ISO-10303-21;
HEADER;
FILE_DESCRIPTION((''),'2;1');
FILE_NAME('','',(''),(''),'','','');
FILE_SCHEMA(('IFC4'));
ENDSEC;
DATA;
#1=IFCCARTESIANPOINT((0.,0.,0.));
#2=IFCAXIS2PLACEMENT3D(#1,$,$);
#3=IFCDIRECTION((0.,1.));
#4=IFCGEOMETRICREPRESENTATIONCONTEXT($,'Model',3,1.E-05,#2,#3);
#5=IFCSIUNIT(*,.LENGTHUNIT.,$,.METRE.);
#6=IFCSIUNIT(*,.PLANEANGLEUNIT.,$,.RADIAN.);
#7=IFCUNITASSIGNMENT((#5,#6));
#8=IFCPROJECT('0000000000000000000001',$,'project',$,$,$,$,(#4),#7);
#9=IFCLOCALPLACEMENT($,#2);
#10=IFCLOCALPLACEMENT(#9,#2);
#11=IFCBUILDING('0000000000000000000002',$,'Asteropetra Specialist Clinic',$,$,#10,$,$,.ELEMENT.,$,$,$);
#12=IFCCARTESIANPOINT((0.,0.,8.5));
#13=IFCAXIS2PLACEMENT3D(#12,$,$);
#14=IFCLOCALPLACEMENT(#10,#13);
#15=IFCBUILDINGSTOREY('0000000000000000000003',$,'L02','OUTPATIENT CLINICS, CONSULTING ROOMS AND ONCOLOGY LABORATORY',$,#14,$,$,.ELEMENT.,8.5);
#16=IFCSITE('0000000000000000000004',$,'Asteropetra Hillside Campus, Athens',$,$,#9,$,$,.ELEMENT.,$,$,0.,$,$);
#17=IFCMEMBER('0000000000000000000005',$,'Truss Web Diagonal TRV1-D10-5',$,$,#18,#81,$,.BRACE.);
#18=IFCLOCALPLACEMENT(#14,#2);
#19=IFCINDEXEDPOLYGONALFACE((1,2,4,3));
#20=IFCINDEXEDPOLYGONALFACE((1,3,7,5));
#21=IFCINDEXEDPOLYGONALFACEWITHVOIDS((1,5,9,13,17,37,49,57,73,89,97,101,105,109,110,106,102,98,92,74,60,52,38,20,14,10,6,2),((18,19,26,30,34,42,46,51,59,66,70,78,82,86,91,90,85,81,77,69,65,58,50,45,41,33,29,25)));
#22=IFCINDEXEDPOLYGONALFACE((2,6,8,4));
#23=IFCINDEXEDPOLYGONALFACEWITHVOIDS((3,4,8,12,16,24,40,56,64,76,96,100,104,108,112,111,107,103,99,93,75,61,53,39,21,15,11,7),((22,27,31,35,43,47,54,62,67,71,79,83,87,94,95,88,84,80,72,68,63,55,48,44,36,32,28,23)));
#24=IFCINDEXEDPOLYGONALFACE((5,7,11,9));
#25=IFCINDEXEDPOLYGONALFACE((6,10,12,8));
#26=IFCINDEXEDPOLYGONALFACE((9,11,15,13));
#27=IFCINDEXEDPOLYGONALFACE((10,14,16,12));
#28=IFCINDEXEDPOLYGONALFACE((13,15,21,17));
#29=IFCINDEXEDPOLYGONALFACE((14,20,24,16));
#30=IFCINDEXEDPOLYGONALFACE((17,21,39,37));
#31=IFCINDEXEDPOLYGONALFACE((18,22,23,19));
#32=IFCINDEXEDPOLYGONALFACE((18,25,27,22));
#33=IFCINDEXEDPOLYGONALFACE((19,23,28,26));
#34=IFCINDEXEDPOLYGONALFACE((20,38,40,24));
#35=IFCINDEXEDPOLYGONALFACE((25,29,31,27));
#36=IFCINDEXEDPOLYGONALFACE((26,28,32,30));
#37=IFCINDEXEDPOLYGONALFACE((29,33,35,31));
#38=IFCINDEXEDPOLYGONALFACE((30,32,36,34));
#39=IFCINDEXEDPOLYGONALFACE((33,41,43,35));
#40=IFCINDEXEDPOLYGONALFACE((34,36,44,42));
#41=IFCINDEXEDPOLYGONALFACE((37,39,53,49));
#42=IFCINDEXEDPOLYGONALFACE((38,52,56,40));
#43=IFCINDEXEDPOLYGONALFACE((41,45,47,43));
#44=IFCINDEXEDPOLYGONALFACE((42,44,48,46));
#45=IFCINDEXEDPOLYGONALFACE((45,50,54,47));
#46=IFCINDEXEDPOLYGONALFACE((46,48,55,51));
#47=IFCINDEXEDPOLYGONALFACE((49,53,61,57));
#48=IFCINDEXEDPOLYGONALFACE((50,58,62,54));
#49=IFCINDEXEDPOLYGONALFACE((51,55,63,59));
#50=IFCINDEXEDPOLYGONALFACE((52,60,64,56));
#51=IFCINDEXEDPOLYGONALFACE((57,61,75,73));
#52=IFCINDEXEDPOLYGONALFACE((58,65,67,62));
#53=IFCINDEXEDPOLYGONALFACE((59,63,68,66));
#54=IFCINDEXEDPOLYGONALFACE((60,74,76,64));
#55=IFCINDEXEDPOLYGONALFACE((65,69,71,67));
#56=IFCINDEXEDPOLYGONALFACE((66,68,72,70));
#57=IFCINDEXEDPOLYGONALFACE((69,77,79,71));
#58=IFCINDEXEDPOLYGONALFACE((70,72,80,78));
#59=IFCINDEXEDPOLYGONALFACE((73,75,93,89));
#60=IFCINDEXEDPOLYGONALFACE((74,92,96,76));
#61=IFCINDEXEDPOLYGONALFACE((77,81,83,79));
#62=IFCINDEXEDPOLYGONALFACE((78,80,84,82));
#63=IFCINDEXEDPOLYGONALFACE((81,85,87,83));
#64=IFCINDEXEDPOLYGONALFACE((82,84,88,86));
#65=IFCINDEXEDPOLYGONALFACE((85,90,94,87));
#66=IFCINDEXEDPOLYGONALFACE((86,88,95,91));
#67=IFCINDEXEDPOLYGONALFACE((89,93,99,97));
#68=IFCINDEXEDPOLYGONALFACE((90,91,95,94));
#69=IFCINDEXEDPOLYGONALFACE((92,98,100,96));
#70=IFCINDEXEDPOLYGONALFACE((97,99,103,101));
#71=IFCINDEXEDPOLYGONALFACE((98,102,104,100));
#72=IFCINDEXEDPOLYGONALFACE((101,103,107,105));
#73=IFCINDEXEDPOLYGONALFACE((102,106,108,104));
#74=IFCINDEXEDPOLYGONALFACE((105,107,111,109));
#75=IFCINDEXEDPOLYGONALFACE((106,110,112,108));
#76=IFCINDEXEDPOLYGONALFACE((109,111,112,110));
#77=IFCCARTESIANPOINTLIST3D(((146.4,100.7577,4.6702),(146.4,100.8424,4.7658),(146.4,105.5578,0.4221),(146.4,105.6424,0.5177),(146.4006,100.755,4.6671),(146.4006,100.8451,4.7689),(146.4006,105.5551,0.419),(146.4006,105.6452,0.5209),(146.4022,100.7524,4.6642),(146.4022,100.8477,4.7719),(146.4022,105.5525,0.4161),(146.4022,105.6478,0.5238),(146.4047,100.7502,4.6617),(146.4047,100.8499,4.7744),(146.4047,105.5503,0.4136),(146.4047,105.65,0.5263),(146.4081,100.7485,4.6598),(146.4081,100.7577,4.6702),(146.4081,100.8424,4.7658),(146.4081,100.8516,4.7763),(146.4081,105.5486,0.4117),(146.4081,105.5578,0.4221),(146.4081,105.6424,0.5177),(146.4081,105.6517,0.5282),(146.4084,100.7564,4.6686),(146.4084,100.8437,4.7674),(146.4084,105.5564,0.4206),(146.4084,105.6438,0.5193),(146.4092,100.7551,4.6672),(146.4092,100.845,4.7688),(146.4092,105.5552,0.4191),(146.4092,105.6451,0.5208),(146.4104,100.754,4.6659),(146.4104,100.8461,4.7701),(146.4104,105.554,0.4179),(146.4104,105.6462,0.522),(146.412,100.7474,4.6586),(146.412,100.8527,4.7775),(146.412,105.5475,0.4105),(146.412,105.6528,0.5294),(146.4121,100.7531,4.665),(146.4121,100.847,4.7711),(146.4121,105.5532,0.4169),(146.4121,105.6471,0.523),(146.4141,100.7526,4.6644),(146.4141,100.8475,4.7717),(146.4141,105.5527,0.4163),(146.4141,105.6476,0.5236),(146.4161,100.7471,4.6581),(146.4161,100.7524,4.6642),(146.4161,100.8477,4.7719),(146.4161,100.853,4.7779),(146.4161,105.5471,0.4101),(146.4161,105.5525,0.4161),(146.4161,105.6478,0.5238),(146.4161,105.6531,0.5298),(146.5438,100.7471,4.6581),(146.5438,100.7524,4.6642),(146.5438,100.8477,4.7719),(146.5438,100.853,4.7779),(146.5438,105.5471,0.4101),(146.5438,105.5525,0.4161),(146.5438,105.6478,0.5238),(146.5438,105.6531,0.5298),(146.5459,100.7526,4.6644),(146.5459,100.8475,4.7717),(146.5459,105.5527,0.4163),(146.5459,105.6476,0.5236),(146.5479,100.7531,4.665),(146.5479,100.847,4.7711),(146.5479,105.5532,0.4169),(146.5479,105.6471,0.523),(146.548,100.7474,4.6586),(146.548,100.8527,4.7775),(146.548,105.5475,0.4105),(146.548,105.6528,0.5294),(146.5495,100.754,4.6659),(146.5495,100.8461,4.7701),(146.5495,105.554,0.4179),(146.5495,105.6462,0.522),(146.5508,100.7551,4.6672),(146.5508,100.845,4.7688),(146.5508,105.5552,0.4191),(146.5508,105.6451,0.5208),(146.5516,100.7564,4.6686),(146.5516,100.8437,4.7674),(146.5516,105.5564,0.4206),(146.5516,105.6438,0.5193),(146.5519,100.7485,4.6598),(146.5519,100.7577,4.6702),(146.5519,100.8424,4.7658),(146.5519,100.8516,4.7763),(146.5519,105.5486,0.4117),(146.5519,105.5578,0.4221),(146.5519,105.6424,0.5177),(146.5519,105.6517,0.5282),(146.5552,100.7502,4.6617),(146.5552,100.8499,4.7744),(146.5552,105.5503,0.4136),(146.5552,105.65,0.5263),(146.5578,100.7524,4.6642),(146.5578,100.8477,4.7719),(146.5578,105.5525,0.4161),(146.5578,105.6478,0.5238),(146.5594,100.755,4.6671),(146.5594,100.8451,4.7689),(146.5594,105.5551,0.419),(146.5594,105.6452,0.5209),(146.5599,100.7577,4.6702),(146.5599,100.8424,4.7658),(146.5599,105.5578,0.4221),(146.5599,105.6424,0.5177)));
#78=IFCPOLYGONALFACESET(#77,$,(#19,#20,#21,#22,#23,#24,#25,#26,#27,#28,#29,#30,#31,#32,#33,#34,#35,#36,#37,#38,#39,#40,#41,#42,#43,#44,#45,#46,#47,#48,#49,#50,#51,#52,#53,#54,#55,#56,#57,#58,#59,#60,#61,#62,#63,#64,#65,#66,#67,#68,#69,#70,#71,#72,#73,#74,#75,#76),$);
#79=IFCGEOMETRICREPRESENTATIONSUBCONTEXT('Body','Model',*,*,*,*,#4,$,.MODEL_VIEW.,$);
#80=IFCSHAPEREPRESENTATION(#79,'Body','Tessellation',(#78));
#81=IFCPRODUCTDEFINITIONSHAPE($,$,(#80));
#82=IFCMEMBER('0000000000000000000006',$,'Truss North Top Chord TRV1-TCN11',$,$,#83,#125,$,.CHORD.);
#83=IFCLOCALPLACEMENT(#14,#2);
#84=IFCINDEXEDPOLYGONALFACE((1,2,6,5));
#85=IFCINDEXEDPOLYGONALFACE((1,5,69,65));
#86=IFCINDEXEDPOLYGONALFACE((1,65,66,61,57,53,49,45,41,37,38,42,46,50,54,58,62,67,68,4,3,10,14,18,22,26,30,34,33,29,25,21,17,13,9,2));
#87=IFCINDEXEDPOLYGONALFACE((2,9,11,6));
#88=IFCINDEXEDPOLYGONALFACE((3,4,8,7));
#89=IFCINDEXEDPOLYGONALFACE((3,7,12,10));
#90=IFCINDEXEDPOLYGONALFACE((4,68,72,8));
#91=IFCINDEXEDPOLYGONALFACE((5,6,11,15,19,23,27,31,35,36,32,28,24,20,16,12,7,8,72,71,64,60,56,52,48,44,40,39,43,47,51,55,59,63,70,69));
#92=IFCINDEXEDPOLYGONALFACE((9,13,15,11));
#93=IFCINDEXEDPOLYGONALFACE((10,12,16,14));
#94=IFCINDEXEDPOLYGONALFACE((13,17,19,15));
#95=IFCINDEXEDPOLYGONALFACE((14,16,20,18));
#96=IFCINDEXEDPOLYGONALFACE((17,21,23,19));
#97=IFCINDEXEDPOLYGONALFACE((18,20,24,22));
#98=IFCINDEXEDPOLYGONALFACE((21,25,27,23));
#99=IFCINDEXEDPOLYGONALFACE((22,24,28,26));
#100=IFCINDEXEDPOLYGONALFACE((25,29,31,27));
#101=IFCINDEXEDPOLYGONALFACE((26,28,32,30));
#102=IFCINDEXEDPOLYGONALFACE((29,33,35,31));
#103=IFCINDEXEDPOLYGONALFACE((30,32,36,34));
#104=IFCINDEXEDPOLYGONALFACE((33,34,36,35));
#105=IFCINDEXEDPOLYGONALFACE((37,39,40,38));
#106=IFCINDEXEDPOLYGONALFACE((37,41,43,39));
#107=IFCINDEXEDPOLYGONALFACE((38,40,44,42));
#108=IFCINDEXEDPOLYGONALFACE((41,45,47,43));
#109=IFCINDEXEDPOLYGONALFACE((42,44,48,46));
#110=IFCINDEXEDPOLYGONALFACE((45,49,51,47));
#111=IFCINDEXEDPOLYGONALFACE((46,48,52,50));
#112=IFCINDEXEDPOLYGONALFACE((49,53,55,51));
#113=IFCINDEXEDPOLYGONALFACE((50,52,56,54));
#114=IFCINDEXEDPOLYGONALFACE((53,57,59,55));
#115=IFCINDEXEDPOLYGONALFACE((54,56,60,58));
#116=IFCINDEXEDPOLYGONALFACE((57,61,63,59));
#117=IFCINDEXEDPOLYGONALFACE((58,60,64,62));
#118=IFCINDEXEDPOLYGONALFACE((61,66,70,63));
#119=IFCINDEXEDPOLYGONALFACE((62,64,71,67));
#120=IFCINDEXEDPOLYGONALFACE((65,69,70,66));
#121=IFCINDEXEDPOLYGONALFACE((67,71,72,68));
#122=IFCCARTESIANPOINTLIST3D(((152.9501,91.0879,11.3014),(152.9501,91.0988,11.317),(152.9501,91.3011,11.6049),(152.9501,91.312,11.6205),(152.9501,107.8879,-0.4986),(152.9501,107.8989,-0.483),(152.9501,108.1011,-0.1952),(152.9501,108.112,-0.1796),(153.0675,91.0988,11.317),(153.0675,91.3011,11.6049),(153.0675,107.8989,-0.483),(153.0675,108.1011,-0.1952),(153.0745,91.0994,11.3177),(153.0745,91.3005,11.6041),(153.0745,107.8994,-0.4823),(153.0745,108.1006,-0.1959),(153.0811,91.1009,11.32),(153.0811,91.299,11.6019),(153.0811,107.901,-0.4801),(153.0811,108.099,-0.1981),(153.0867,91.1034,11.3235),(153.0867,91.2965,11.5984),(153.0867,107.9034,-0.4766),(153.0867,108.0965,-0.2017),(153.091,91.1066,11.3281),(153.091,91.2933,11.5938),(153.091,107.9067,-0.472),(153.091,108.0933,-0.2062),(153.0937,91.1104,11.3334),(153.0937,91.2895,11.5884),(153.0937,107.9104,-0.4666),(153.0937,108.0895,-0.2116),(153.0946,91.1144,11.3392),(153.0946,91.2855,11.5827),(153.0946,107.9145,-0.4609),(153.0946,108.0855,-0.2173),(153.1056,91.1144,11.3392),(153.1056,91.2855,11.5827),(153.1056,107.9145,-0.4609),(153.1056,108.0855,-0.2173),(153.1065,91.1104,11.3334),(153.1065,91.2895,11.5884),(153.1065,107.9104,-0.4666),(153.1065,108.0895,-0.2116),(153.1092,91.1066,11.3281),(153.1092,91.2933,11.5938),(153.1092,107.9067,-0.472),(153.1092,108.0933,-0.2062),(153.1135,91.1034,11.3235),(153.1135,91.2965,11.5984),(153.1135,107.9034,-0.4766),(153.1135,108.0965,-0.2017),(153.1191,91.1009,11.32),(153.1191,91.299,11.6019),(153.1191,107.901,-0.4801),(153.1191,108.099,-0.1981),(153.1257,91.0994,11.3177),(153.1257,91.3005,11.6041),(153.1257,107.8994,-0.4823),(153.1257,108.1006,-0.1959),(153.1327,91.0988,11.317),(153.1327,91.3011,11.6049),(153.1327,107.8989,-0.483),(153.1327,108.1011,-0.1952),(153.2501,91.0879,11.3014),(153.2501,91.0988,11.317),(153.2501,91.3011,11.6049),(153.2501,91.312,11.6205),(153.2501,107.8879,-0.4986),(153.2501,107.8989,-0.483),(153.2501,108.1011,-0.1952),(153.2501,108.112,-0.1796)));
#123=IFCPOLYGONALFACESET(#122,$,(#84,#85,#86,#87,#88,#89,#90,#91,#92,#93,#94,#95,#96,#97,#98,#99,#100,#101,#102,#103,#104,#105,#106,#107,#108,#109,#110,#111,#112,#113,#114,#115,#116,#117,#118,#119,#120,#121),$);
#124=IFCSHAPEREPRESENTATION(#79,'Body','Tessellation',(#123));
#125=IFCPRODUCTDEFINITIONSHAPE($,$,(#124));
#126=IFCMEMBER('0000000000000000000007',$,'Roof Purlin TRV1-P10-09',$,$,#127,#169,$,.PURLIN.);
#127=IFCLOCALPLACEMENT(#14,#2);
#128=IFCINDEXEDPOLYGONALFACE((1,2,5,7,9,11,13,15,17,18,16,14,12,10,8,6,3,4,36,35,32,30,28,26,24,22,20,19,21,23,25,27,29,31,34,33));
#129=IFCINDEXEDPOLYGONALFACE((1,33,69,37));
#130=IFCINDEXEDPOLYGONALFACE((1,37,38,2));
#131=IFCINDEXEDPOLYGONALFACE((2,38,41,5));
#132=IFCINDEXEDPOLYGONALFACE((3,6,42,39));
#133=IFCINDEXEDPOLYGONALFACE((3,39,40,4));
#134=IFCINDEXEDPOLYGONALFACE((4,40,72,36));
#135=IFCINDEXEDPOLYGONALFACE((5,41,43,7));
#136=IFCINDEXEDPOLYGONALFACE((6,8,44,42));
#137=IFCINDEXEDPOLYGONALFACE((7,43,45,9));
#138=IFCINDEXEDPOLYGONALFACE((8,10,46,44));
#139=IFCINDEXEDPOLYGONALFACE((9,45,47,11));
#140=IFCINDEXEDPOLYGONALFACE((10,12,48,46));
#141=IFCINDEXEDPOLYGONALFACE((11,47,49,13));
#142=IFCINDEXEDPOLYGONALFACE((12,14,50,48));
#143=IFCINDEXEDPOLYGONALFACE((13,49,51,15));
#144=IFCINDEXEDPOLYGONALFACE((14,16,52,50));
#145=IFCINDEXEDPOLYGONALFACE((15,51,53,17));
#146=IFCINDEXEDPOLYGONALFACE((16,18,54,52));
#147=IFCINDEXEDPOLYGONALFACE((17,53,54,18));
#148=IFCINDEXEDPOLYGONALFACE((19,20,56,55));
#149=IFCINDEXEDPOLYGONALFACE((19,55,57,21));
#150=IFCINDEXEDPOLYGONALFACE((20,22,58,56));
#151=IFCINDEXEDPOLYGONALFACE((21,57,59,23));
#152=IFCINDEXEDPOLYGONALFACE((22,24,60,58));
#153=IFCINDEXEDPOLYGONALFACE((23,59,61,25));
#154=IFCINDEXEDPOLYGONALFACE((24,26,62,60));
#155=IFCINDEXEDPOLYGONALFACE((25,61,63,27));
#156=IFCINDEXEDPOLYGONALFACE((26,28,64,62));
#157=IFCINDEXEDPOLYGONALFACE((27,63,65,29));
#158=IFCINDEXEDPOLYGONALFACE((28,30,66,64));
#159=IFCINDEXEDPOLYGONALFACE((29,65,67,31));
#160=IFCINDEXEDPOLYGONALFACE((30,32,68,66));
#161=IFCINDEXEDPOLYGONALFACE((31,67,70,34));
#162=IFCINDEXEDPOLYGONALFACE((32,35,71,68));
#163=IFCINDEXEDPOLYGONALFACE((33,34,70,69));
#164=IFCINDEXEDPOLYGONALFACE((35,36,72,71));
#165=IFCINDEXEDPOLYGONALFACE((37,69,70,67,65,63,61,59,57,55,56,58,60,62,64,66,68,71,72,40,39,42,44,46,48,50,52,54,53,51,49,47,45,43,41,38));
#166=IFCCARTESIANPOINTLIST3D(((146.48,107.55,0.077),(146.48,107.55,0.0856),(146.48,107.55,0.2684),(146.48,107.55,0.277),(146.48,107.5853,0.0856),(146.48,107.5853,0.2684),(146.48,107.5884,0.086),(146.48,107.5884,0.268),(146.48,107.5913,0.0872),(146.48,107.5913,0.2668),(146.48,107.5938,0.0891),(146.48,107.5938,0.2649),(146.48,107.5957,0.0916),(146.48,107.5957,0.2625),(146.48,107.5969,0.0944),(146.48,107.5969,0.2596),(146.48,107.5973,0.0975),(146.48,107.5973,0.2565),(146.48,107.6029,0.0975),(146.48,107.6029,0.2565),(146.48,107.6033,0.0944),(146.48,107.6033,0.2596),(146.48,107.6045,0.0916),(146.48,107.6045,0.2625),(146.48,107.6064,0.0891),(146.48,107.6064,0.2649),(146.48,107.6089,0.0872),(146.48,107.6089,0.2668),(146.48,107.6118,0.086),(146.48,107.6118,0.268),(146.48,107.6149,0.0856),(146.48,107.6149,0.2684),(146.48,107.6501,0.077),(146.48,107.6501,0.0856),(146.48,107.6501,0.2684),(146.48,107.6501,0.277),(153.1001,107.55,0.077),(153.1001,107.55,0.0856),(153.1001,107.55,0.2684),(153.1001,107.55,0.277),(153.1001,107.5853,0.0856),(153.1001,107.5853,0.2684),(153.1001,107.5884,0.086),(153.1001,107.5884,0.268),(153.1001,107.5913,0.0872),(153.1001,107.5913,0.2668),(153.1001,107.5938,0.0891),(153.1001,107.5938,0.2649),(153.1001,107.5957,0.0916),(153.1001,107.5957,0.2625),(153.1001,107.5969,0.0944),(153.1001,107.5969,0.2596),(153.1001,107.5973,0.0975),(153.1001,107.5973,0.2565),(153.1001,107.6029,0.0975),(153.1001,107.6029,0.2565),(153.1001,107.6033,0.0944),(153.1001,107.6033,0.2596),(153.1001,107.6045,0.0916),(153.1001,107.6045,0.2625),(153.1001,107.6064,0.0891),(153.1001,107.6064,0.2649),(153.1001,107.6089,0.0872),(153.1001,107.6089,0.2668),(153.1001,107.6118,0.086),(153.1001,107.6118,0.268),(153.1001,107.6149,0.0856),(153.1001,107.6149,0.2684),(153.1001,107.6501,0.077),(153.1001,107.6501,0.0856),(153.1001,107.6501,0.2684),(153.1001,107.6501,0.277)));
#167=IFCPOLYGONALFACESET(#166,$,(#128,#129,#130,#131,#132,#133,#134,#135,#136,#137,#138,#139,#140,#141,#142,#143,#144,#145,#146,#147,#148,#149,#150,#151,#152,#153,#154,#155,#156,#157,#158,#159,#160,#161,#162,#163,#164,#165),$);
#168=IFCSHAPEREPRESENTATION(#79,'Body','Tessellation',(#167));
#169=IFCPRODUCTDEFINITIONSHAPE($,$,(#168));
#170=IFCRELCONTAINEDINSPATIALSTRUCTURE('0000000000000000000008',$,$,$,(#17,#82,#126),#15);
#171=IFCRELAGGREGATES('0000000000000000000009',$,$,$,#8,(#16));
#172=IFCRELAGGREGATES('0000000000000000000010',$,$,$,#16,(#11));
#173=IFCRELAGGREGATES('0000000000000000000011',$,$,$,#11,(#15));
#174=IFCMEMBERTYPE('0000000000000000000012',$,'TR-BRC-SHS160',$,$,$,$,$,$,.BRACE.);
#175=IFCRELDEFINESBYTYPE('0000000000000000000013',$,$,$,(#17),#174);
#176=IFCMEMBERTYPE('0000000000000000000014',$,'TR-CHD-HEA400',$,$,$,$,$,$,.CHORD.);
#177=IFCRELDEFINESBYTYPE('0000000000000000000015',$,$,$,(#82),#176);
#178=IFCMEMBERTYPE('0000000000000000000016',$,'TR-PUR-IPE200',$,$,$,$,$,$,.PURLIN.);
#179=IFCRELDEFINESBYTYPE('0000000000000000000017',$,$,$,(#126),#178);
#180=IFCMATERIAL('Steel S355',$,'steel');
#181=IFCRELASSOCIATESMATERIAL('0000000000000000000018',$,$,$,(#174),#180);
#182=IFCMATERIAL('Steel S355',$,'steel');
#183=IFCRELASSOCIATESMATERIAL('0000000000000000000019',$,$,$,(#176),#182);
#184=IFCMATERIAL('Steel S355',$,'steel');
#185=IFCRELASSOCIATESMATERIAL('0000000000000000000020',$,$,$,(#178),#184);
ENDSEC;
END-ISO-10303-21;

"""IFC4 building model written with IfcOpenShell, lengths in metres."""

from ifc_helpers import new_model, si_unit, direction, frame, origin, origin_2d, place, context, subcontext, project, spatial, hollow_rectangle, i_section, extrude, material, material_profile, profile_set, type_object, element, save


model = new_model("IFC4")

# Units and contexts
model_context = context("Model", 3, precision=1e-05, world=origin(), true_north=direction((0.0, 1.0)))
body_context = subcontext(model_context, "Body", "Model", "MODEL_VIEW")
ifc_project = project(units=[si_unit("LENGTHUNIT", "METRE"), si_unit("PLANEANGLEUNIT", "RADIAN")], contexts=[model_context])

# Site, building, storey
site_placement = place(None, origin())
site = spatial("IfcSite", under=ifc_project, at=site_placement, Name="Asteropetra Hillside Campus, Athens", CompositionType="ELEMENT", RefElevation=0.0)
building_placement = place(site_placement, origin())
building = spatial("IfcBuilding", under=site, at=building_placement, Name="Asteropetra Specialist Clinic", CompositionType="ELEMENT")
storey_placement = place(building_placement, frame((0.0, 0.0, 8.5)))
storey = spatial("IfcBuildingStorey", under=building, at=storey_placement, Name="L02", Description="OUTPATIENT CLINICS, CONSULTING ROOMS AND ONCOLOGY LABORATORY", CompositionType="ELEMENT", Elevation=8.5)

# Members
ifc_material_1 = material(Name="Steel S355", Category="steel")
ifc_material_profile_1 = material_profile(ifc_material_1, hollow_rectangle(XDim=0.1599, YDim=0.1599, WallThickness=0.0081, InnerFilletRadius=0.0081, OuterFilletRadius=0.0161, at=origin_2d()), Name="SHS 160x160x8.0")
ifc_profile_set_1 = profile_set([ifc_material_profile_1], Name="Steel S355")
member_type_1 = type_object("IfcMemberType", Name="TR-BRC-SHS160", PredefinedType="BRACE", material=ifc_profile_set_1)
member_1_placement = place(storey_placement, frame((146.48, 100.8, 4.718), z_axis=(0.0, 0.748853, -0.662736), x_axis=(-1.0, 0.0, 0.0)))
element("IfcMember", 1, at=member_1_placement, inside=storey, type_object=member_type_1, Name="Truss Web Diagonal TRV1-D10-5", PredefinedType="BRACE", context=body_context, shape_type="SweptSolid", body=[
    extrude(hollow_rectangle(XDim=0.1599, YDim=0.1599, WallThickness=0.0081, InnerFilletRadius=0.0081, OuterFilletRadius=0.0161, at=origin_2d()), origin(), (0.0, 0.0, 1.0), 6.4099),
])
ifc_material_2 = material(Name="Steel S355", Category="steel")
ifc_material_profile_2 = material_profile(ifc_material_2, i_section(OverallWidth=0.3, OverallDepth=0.3899, WebThickness=0.011, FlangeThickness=0.019, FilletRadius=0.0271, at=origin_2d()), Name="HEA 400")
ifc_profile_set_2 = profile_set([ifc_material_profile_2], Name="Steel S355")
member_type_2 = type_object("IfcMemberType", Name="TR-CHD-HEA400", PredefinedType="CHORD", material=ifc_profile_set_2)
member_2_placement = place(storey_placement, frame((153.1001, 91.2, 11.4609), z_axis=(0.0, 0.818315, -0.57477), x_axis=(-1.0, 0.0, 0.0)))
element("IfcMember", 2, at=member_2_placement, inside=storey, type_object=member_type_2, Name="Truss North Top Chord TRV1-TCN11", PredefinedType="CHORD", context=body_context, shape_type="SweptSolid", body=[
    extrude(i_section(OverallWidth=0.3, OverallDepth=0.3899, WebThickness=0.011, FlangeThickness=0.019, FilletRadius=0.0271, at=origin_2d()), origin(), (0.0, 0.0, 1.0), 20.53),
])
ifc_material_3 = material(Name="Steel S355", Category="steel")
ifc_material_profile_3 = material_profile(ifc_material_3, i_section(OverallWidth=0.1001, OverallDepth=0.2, WebThickness=0.0056, FlangeThickness=0.0085, FilletRadius=0.012, at=origin_2d()), Name="IPE 200")
ifc_profile_set_3 = profile_set([ifc_material_profile_3], Name="Steel S355")
member_type_3 = type_object("IfcMemberType", Name="TR-PUR-IPE200", PredefinedType="PURLIN", material=ifc_profile_set_3)
member_3_placement = place(storey_placement, frame((146.48, 107.6001, 0.177), z_axis=(1.0, 0.0, 0.0), x_axis=(0.0, 1.0, 0.0)))
element("IfcMember", 3, at=member_3_placement, inside=storey, type_object=member_type_3, Name="Roof Purlin TRV1-P10-09", PredefinedType="PURLIN", context=body_context, shape_type="SweptSolid", body=[
    extrude(i_section(OverallWidth=0.1001, OverallDepth=0.2, WebThickness=0.0056, FlangeThickness=0.0085, FilletRadius=0.012, at=origin_2d()), origin(), (0.0, 0.0, 1.0), 6.6201),
])

save(model, "model.ifc")
